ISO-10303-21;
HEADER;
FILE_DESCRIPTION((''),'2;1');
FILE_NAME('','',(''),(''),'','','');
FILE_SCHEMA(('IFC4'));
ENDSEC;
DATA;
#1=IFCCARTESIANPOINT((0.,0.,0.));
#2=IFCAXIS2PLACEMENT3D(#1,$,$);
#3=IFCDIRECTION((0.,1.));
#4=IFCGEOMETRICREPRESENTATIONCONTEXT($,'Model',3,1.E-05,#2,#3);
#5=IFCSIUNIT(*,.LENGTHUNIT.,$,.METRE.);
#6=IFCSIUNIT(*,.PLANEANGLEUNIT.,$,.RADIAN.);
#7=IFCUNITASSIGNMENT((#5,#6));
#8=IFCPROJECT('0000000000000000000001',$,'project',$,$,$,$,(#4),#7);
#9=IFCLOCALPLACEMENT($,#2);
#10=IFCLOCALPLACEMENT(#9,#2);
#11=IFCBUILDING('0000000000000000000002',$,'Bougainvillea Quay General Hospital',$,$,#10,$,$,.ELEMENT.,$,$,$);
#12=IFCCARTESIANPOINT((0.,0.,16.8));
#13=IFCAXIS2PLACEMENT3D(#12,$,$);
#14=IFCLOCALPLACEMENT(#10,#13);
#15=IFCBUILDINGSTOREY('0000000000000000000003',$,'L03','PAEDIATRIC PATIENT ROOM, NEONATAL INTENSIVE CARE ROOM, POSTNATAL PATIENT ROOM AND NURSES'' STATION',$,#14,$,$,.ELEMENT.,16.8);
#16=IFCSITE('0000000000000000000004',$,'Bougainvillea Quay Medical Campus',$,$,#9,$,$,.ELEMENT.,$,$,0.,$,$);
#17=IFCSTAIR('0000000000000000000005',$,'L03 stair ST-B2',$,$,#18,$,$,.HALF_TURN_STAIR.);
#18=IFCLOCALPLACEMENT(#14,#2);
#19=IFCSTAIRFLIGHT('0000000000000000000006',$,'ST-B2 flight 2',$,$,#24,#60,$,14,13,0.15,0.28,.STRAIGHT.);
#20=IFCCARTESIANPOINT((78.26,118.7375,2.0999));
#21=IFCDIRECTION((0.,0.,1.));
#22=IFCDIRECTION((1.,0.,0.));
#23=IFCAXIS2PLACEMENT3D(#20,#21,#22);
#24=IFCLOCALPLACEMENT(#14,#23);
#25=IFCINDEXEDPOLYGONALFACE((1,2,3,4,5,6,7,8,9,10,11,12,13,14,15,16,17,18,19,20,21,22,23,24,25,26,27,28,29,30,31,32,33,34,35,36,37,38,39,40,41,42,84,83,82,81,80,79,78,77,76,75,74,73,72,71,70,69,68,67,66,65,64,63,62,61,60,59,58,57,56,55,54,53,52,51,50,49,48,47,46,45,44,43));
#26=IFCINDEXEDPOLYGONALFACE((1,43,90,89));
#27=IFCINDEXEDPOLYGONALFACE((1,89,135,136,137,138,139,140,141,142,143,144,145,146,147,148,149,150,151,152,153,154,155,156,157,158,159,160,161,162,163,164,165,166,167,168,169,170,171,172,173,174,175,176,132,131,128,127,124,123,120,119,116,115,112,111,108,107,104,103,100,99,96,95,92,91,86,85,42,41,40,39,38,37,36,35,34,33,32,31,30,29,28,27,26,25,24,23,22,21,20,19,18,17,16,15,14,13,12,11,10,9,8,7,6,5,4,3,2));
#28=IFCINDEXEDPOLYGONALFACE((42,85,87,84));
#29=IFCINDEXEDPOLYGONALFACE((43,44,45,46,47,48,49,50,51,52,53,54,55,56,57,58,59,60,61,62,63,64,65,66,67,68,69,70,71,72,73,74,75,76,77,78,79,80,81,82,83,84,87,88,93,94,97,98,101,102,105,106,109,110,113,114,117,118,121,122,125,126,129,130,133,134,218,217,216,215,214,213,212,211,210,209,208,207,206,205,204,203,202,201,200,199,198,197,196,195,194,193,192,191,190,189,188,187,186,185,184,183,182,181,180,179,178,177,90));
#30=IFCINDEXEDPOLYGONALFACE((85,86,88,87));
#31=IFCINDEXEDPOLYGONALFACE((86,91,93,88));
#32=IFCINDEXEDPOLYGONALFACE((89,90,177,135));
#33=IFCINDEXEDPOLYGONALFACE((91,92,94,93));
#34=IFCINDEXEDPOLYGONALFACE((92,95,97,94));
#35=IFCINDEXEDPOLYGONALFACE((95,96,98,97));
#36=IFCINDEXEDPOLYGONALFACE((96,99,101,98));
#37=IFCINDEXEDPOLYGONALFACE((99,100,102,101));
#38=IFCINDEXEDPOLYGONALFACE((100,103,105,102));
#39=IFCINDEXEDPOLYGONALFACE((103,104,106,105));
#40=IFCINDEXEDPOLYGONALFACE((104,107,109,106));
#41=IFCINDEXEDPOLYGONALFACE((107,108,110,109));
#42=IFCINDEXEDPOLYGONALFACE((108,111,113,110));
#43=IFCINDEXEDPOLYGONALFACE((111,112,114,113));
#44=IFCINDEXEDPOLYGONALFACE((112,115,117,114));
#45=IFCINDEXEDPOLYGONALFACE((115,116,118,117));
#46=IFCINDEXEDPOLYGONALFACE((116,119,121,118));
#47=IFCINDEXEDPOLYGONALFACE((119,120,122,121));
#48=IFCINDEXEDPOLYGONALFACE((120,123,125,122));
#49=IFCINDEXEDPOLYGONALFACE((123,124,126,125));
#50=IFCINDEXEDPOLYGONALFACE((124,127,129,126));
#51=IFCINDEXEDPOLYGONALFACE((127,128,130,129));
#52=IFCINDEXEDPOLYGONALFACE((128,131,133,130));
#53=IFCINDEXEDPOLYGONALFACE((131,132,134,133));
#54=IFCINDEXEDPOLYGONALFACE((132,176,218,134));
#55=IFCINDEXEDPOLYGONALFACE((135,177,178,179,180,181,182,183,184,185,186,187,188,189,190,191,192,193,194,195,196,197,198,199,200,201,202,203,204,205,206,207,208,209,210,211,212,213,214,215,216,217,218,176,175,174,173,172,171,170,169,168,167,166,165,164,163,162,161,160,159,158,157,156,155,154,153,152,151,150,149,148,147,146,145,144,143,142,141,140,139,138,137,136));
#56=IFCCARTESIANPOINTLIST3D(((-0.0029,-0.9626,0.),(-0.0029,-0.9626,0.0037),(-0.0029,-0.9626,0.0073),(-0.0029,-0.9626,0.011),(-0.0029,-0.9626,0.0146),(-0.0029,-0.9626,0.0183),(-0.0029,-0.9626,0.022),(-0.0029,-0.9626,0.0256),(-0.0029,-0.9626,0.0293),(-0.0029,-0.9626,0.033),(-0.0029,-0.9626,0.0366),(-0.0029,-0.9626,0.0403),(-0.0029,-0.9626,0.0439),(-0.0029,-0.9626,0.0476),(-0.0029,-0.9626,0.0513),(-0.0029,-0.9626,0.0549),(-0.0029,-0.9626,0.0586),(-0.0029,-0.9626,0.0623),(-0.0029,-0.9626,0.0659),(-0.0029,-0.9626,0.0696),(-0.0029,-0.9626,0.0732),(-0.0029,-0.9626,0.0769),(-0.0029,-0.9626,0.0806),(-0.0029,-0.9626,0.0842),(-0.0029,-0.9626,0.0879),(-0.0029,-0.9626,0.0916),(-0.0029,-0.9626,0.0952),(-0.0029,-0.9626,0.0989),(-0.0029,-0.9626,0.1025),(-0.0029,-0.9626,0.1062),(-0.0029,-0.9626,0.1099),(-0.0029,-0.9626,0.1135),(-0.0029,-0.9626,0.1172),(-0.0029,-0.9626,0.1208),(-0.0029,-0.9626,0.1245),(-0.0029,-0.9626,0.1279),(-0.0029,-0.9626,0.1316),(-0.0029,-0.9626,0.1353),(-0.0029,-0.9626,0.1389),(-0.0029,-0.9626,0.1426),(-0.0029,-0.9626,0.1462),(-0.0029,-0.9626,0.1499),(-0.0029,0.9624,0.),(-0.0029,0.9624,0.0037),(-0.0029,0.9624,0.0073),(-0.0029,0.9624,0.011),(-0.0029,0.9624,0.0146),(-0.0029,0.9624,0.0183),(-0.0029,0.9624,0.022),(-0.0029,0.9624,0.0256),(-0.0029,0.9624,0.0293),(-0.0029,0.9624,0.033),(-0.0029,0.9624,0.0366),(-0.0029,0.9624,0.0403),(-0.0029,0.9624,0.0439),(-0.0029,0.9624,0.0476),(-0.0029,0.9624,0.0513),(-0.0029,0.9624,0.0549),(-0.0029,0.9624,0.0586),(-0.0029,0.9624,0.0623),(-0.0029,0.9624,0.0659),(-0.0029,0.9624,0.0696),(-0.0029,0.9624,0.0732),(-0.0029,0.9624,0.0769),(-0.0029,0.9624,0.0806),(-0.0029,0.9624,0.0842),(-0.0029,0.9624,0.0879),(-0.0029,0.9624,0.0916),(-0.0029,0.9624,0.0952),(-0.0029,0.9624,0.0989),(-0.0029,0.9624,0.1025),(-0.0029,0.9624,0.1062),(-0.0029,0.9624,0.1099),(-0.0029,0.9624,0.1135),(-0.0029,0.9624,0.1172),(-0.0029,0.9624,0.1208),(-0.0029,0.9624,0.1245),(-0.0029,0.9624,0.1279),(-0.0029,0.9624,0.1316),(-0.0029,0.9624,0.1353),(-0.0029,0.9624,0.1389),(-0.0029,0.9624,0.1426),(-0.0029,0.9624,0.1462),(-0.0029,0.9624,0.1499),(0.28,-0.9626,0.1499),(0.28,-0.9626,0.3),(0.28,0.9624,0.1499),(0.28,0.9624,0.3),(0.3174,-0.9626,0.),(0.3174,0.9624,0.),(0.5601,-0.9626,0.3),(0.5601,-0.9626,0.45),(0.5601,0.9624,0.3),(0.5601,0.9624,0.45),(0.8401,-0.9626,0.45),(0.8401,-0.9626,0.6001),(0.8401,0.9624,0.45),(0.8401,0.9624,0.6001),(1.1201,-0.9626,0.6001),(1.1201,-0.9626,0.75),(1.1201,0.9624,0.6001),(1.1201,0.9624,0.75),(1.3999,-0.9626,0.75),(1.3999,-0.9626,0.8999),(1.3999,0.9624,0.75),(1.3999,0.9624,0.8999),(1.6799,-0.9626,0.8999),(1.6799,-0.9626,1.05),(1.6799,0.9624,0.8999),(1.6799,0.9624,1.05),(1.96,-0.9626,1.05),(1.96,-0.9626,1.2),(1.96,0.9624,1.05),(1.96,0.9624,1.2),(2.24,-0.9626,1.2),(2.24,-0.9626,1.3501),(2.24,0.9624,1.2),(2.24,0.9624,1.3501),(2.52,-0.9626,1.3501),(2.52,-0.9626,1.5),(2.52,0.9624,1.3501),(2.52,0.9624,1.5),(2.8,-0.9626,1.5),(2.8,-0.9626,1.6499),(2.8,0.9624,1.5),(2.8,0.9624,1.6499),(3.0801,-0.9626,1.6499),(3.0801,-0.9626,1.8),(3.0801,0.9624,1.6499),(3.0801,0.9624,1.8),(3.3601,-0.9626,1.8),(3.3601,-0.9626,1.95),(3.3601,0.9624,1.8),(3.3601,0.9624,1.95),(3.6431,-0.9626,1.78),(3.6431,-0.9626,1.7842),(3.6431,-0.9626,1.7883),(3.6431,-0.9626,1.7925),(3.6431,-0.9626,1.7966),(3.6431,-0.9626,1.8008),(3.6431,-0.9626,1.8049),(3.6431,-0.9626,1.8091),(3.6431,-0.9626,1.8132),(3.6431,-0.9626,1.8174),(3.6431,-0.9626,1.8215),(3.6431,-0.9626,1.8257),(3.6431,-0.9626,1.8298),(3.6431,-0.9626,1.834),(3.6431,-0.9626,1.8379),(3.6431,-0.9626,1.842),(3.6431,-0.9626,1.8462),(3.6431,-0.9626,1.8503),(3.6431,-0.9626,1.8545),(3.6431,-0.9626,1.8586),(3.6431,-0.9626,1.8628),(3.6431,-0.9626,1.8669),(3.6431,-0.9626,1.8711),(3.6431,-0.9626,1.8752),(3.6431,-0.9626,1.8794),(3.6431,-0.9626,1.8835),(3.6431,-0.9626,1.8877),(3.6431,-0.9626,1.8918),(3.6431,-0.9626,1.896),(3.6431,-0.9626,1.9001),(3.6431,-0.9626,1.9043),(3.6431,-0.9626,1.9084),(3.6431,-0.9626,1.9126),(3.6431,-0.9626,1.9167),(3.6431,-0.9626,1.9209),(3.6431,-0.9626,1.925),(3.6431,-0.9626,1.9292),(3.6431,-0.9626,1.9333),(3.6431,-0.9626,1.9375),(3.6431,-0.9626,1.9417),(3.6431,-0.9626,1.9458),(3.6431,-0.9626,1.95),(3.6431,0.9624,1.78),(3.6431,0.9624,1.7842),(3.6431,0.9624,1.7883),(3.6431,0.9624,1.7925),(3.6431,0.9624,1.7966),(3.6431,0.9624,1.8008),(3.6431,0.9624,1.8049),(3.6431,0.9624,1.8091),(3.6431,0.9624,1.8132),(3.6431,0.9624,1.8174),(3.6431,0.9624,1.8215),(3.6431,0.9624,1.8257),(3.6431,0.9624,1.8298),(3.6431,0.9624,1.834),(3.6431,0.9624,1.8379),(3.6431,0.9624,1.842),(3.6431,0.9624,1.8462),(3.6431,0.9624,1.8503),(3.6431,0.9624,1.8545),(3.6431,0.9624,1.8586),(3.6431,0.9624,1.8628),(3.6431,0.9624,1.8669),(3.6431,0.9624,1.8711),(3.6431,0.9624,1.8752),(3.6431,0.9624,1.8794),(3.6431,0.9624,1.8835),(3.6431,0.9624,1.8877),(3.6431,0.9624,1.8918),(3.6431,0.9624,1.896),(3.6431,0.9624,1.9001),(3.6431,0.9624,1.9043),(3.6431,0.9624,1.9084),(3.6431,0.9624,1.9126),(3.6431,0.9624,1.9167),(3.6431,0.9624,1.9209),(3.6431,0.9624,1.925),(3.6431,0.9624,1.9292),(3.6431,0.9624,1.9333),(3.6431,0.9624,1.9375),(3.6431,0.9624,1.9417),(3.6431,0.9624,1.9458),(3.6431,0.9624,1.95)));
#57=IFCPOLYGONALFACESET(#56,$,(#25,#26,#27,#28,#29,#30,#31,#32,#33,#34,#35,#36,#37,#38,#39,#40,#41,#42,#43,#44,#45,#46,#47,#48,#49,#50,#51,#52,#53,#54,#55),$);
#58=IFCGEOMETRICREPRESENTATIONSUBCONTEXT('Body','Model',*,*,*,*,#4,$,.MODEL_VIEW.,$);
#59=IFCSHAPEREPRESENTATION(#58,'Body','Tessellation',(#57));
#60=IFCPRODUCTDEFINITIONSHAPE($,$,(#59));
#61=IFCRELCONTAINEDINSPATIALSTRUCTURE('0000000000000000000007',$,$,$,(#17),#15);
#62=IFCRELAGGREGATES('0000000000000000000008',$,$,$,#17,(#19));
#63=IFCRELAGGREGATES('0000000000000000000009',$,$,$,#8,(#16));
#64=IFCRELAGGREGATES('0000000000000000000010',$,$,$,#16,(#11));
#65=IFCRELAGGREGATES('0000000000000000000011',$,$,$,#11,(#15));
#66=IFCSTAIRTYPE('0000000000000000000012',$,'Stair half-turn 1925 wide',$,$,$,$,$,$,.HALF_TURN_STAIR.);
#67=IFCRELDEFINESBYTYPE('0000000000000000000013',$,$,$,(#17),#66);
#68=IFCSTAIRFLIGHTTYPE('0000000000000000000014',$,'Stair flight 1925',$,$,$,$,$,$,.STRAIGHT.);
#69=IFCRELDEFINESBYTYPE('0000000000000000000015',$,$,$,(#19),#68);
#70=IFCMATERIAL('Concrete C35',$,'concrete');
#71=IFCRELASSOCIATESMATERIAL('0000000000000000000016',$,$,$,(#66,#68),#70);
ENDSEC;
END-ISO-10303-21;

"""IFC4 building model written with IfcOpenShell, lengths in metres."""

from ifc_helpers import new_model, si_unit, direction, frame, origin, place, context, subcontext, project, spatial, polyline, outline, extrude, material, type_object, element, aggregate, save


model = new_model("IFC4")

# Units and contexts
model_context = context("Model", 3, precision=1e-05, world=origin(), true_north=direction((0.0, 1.0)))
body_context = subcontext(model_context, "Body", "Model", "MODEL_VIEW")
ifc_project = project(units=[si_unit("LENGTHUNIT", "METRE"), si_unit("PLANEANGLEUNIT", "RADIAN")], contexts=[model_context])

# Site, building, storey
site_placement = place(None, origin())
site = spatial("IfcSite", under=ifc_project, at=site_placement, Name="Bougainvillea Quay Medical Campus", CompositionType="ELEMENT", RefElevation=0.0)
building_placement = place(site_placement, origin())
building = spatial("IfcBuilding", under=site, at=building_placement, Name="Bougainvillea Quay General Hospital", CompositionType="ELEMENT")
storey_placement = place(building_placement, frame((0.0, 0.0, 16.8)))
storey = spatial("IfcBuildingStorey", under=building, at=storey_placement, Name="L03", Description="PAEDIATRIC PATIENT ROOM, NEONATAL INTENSIVE CARE ROOM, POSTNATAL PATIENT ROOM AND NURSES' STATION", CompositionType="ELEMENT", Elevation=16.8)

# Stair, stair flight
ifc_material_1 = material(Name="Concrete C35", Category="concrete")
stair_type = type_object("IfcStairType", Name="Stair half-turn 1925 wide", PredefinedType="HALF_TURN_STAIR", material=ifc_material_1)
stair_placement = place(storey_placement, origin())
stair = element("IfcStair", 1, at=stair_placement, inside=storey, type_object=stair_type, Name="L03 stair ST-B2", PredefinedType="HALF_TURN_STAIR")
stair_flight_type = type_object("IfcStairFlightType", Name="Stair flight 1925", PredefinedType="STRAIGHT", material=ifc_material_1)
stair_flight_placement = place(storey_placement, frame((78.26, 118.7375, 2.0999), z_axis=(0.0, 0.0, 1.0), x_axis=(1.0, 0.0, 0.0)))
stair_flight = element("IfcStairFlight", 2, at=stair_flight_placement, type_object=stair_flight_type, Name="ST-B2 flight 2", NumberOfRisers=14, NumberOfTreads=13, PredefinedType="STRAIGHT", RiserHeight=0.15, TreadLength=0.28, context=body_context, shape_type="SweptSolid", body=[
    extrude(outline(polyline([(-0.0029, 0.0), (-0.0029, 0.0037), (-0.0029, 0.0073), (-0.0029, 0.011), (-0.0029, 0.0146), (-0.0029, 0.0183), (-0.0029, 0.022), (-0.0029, 0.0256), (-0.0029, 0.0293), (-0.0029, 0.033), (-0.0029, 0.0366), (-0.0029, 0.0403), (-0.0029, 0.0439), (-0.0029, 0.0476), (-0.0029, 0.0513), (-0.0029, 0.0549), (-0.0029, 0.0586), (-0.0029, 0.0623), (-0.0029, 0.0659), (-0.0029, 0.0696), (-0.0029, 0.0732), (-0.0029, 0.0769), (-0.0029, 0.0806), (-0.0029, 0.0842), (-0.0029, 0.0879), (-0.0029, 0.0916), (-0.0029, 0.0952), (-0.0029, 0.0989), (-0.0029, 0.1025), (-0.0029, 0.1062), (-0.0029, 0.1099), (-0.0029, 0.1135), (-0.0029, 0.1172), (-0.0029, 0.1208), (-0.0029, 0.1245), (-0.0029, 0.1279), (-0.0029, 0.1316), (-0.0029, 0.1353), (-0.0029, 0.1389), (-0.0029, 0.1426), (-0.0029, 0.1462), (-0.0029, 0.1499), (0.28, 0.1499), (0.28, 0.3), (0.5601, 0.3), (0.5601, 0.45), (0.8401, 0.45), (0.8401, 0.6001), (1.1201, 0.6001), (1.1201, 0.75), (1.3999, 0.75), (1.3999, 0.8999), (1.6799, 0.8999), (1.6799, 1.05), (1.96, 1.05), (1.96, 1.2), (2.24, 1.2), (2.24, 1.3501), (2.52, 1.3501), (2.52, 1.5), (2.8, 1.5), (2.8, 1.6499), (3.0801, 1.6499), (3.0801, 1.8), (3.3601, 1.8), (3.3601, 1.95), (3.6431, 1.95), (3.6431, 1.9458), (3.6431, 1.9417), (3.6431, 1.9375), (3.6431, 1.9333), (3.6431, 1.9292), (3.6431, 1.925), (3.6431, 1.9209), (3.6431, 1.9167), (3.6431, 1.9126), (3.6431, 1.9084), (3.6431, 1.9043), (3.6431, 1.9001), (3.6431, 1.896), (3.6431, 1.8918), (3.6431, 1.8877), (3.6431, 1.8835), (3.6431, 1.8794), (3.6431, 1.8752), (3.6431, 1.8711), (3.6431, 1.8669), (3.6431, 1.8628), (3.6431, 1.8586), (3.6431, 1.8545), (3.6431, 1.8503), (3.6431, 1.8462), (3.6431, 1.842), (3.6431, 1.8379), (3.6431, 1.834), (3.6431, 1.8298), (3.6431, 1.8257), (3.6431, 1.8215), (3.6431, 1.8174), (3.6431, 1.8132), (3.6431, 1.8091), (3.6431, 1.8049), (3.6431, 1.8008), (3.6431, 1.7966), (3.6431, 1.7925), (3.6431, 1.7883), (3.6431, 1.7842), (3.6431, 1.78), (0.3174, 0.0), (-0.0029, 0.0)])), frame((0.0, 0.9624, 0.0), z_axis=(0.0, -1.0, 0.0), x_axis=(1.0, 0.0, 0.0)), (0.0, 0.0, 1.0), 1.925),
])
aggregate(stair, [stair_flight])

save(model, "model.ifc")
